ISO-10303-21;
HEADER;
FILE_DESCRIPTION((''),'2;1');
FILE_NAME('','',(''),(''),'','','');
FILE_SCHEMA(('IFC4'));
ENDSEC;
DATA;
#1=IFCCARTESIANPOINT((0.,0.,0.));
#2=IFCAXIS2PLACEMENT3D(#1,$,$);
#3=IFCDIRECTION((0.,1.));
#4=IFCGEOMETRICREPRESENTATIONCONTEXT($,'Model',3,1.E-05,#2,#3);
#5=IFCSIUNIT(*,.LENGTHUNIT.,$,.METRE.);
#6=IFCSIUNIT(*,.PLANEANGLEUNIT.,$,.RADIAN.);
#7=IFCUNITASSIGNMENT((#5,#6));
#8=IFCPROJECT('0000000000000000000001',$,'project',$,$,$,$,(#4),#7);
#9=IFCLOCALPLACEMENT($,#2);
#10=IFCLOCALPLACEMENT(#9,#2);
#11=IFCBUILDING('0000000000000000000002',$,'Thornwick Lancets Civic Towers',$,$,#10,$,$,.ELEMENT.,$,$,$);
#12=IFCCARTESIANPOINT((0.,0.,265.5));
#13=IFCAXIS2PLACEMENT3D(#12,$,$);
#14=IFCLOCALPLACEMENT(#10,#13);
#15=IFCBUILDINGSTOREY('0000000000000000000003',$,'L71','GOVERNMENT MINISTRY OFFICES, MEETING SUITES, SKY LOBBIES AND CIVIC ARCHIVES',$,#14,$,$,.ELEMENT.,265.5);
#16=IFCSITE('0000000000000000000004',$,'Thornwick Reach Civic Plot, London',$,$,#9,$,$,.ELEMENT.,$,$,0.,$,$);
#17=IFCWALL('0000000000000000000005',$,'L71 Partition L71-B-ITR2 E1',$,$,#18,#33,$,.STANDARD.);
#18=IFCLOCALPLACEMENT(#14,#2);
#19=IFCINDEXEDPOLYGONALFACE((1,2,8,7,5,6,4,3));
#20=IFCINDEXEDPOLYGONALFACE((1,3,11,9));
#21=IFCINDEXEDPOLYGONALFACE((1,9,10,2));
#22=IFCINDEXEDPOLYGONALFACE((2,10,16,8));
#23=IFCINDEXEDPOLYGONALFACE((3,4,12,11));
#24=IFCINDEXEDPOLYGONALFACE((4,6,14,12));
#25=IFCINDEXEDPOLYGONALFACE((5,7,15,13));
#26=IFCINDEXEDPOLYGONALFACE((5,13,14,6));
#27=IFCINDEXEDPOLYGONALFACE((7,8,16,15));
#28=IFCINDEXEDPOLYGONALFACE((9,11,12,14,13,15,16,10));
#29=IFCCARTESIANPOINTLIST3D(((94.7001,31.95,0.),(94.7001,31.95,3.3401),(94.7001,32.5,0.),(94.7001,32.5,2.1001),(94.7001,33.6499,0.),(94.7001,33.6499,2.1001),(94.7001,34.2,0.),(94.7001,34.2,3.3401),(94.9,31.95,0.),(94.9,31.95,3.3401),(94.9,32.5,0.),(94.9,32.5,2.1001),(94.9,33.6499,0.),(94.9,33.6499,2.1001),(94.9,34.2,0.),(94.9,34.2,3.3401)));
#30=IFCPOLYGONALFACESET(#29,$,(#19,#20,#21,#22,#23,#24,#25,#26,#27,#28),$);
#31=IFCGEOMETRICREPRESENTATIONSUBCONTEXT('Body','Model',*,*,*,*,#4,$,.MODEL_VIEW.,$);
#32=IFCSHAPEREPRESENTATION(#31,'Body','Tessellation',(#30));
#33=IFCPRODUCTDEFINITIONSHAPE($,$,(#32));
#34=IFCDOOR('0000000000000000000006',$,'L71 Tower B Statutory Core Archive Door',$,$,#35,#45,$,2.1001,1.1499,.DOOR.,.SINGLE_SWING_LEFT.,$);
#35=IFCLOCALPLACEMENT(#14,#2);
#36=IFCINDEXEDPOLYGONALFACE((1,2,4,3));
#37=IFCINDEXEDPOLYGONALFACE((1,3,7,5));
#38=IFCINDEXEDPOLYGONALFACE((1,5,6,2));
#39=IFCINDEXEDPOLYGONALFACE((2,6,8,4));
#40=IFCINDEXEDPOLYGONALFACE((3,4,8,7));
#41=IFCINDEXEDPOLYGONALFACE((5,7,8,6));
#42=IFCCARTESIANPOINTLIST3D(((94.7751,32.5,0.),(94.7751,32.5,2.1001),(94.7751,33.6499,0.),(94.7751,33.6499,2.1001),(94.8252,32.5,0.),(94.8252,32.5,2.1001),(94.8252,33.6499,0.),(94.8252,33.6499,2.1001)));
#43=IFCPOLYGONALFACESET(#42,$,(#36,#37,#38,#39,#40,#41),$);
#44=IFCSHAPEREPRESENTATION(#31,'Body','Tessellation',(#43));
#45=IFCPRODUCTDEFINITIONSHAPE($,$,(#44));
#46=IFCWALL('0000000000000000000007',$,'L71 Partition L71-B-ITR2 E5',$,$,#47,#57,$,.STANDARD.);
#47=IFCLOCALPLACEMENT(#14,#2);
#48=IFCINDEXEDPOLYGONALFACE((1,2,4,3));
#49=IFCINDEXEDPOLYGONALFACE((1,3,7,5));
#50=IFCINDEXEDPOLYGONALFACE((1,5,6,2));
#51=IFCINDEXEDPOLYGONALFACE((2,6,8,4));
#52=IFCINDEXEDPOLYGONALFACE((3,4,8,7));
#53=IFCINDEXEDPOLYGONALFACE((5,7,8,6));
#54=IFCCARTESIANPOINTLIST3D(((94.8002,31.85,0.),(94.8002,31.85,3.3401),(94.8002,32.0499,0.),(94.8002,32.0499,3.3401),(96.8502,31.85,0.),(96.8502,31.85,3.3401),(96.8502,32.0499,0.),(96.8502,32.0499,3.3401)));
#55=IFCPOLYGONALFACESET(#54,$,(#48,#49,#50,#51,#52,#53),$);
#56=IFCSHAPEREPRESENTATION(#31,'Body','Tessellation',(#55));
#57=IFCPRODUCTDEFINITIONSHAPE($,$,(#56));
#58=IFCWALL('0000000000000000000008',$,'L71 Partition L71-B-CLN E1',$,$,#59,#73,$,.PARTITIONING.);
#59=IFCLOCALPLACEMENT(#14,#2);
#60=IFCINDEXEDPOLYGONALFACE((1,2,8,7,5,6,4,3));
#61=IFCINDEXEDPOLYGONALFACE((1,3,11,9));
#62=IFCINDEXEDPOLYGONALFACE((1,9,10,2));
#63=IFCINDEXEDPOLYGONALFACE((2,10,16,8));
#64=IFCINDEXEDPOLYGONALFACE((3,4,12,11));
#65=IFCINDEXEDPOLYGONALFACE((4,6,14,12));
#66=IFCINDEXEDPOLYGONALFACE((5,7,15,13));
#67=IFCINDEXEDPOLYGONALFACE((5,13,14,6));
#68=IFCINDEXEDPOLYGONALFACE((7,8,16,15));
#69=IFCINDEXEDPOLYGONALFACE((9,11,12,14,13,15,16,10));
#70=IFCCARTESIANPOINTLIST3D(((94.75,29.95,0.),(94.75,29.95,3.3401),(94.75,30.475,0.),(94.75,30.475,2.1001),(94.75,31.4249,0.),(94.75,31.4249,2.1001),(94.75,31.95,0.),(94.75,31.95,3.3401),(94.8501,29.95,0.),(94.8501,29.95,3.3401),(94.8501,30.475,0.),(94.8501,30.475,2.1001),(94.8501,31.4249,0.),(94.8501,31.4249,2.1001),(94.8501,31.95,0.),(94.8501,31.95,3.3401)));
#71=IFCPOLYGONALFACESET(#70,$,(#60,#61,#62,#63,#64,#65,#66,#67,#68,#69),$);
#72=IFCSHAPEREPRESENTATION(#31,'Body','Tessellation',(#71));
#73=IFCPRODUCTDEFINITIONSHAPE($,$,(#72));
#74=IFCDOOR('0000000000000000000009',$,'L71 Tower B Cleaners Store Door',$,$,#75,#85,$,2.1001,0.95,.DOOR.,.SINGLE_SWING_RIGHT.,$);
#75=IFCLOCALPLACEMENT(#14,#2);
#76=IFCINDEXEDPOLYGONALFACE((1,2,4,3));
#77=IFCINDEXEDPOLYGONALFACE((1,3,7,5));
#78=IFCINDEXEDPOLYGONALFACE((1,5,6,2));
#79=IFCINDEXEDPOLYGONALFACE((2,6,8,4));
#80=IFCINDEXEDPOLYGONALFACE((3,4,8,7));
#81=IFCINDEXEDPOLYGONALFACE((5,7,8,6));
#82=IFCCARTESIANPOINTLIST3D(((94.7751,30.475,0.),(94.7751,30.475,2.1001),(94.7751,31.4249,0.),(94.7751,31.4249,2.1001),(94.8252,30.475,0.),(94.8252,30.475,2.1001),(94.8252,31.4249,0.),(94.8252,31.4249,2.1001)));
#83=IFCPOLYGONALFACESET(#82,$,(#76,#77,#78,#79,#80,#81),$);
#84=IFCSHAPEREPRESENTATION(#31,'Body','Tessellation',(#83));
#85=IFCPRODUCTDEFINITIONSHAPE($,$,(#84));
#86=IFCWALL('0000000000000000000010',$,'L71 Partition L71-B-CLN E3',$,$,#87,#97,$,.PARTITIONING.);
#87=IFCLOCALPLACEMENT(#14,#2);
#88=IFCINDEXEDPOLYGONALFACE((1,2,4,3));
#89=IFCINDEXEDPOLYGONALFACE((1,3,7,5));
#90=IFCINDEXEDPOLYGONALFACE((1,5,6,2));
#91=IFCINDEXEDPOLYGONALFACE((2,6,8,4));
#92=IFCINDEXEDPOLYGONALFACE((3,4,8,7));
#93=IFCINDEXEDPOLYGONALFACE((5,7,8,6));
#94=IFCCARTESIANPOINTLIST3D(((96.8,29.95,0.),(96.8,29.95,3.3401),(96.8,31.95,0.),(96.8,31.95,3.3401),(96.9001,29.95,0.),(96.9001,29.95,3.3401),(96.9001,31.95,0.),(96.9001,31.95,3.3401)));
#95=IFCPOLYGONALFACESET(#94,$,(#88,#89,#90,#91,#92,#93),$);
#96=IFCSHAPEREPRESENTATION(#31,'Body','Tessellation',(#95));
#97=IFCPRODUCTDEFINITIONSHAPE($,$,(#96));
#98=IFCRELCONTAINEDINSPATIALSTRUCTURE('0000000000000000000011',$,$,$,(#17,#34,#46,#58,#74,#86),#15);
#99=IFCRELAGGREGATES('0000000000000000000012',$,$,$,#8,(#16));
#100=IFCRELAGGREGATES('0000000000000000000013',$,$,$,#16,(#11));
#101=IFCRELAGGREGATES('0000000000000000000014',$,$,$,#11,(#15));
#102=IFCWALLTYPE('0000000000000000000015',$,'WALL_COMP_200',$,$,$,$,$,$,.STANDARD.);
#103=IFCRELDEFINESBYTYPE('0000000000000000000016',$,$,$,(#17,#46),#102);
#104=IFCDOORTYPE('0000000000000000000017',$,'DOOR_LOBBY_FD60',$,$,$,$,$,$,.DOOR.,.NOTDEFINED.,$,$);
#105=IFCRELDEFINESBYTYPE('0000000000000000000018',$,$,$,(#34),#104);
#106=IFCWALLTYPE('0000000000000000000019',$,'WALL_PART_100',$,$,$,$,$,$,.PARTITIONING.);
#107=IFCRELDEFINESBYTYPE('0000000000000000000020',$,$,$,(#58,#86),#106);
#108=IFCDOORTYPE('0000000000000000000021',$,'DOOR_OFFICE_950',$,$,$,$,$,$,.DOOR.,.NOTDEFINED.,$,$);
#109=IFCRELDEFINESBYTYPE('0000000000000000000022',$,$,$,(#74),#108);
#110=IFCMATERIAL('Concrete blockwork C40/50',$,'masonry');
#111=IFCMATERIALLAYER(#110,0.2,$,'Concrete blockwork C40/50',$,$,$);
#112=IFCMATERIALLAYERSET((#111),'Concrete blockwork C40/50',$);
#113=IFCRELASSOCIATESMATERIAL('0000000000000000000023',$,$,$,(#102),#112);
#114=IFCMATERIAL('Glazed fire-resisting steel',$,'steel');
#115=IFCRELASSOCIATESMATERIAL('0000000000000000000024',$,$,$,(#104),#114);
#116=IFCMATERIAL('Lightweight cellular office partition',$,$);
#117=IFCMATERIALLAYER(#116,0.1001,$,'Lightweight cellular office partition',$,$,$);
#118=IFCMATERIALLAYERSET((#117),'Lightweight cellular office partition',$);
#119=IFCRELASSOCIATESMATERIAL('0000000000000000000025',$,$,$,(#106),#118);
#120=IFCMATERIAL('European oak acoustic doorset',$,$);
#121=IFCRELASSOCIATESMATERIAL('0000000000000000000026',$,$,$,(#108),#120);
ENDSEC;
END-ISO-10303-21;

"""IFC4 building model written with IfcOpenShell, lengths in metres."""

from ifc_helpers import new_model, si_unit, direction, frame, frame_2d, origin, place, context, subcontext, project, spatial, rectangle, extrude, material, layer, layer_set, type_object, element, fill, save


model = new_model("IFC4")

# Units and contexts
model_context = context("Model", 3, precision=1e-05, world=origin(), true_north=direction((0.0, 1.0)))
body_context = subcontext(model_context, "Body", "Model", "MODEL_VIEW")
ifc_project = project(units=[si_unit("LENGTHUNIT", "METRE"), si_unit("PLANEANGLEUNIT", "RADIAN")], contexts=[model_context])

# Site, building, storey
site_placement = place(None, origin())
site = spatial("IfcSite", under=ifc_project, at=site_placement, Name="Thornwick Reach Civic Plot, London", CompositionType="ELEMENT", RefElevation=0.0)
building_placement = place(site_placement, origin())
building = spatial("IfcBuilding", under=site, at=building_placement, Name="Thornwick Lancets Civic Towers", CompositionType="ELEMENT")
storey_placement = place(building_placement, frame((0.0, 0.0, 265.5)))
storey = spatial("IfcBuildingStorey", under=building, at=storey_placement, Name="L71", Description="GOVERNMENT MINISTRY OFFICES, MEETING SUITES, SKY LOBBIES AND CIVIC ARCHIVES", CompositionType="ELEMENT", Elevation=265.5)

# Shared definitions
ifc_material_1 = material(Name="Concrete blockwork C40/50", Category="masonry")
ifc_layer_1 = layer(ifc_material_1, 0.2, Name="Concrete blockwork C40/50")
ifc_layer_set_1 = layer_set([ifc_layer_1], Name="Concrete blockwork C40/50")
wall_type_1 = type_object("IfcWallType", Name="WALL_COMP_200", PredefinedType="STANDARD", material=ifc_layer_set_1)

# Wall, opening, door
wall_1_placement = place(storey_placement, frame((94.8, 31.95, 0.0), z_axis=(0.0, 0.0, 1.0), x_axis=(0.0, 1.0, 0.0)))
wall_1 = element("IfcWall", 1, at=wall_1_placement, inside=storey, type_object=wall_type_1, Name="L71 Partition L71-B-ITR2 E1", PredefinedType="STANDARD", context=body_context, shape_type="SweptSolid", body=[
    extrude(rectangle(XDim=2.25, YDim=0.2, at=frame_2d((1.125, 0.0))), origin(), (0.0, 0.0, 1.0), 3.3401),
])
opening_1_placement = place(wall_1_placement, frame((0.55, 0.0, 0.0)))
opening_1 = element("IfcOpeningElement", 2, at=opening_1_placement, cuts=wall_1, PredefinedType="OPENING", context=body_context, shape_type="SweptSolid", body=[
    extrude(rectangle(XDim=1.1499, YDim=2.1001, at=frame_2d((0.575, 1.05))), frame((0.0, 0.1099, 0.0), z_axis=(0.0, -1.0, 0.0), x_axis=(1.0, 0.0, 0.0)), (0.0, 0.0, 1.0), 0.22),
])
ifc_material_2 = material(Name="Glazed fire-resisting steel", Category="steel")
door_type_1 = type_object("IfcDoorType", Name="DOOR_LOBBY_FD60", OperationType="NOTDEFINED", PredefinedType="DOOR", material=ifc_material_2)
door_1_placement = place(opening_1_placement, origin())
door_1 = element("IfcDoor", 3, at=door_1_placement, inside=storey, type_object=door_type_1, Name="L71 Tower B Statutory Core Archive Door", OperationType="SINGLE_SWING_LEFT", OverallHeight=2.1001, OverallWidth=1.1499, PredefinedType="DOOR", context=body_context, shape_type="SweptSolid", body=[
    extrude(rectangle(XDim=1.1499, YDim=2.1001, at=frame_2d((0.575, 1.05))), frame((0.0, 0.0249, 0.0), z_axis=(0.0, -1.0, 0.0), x_axis=(1.0, 0.0, 0.0)), (0.0, 0.0, 1.0), 0.05),
])
fill(opening_1, door_1)

# Wall
wall_2_placement = place(storey_placement, frame((96.8501, 31.95, 0.0), z_axis=(0.0, 0.0, 1.0), x_axis=(-1.0, 0.0, 0.0)))
element("IfcWall", 4, at=wall_2_placement, inside=storey, type_object=wall_type_1, Name="L71 Partition L71-B-ITR2 E5", PredefinedType="STANDARD", context=body_context, shape_type="SweptSolid", body=[
    extrude(rectangle(XDim=2.05, YDim=0.2, at=frame_2d((1.0249, 0.0))), origin(), (0.0, 0.0, 1.0), 3.3401),
])

# Wall, opening, door
ifc_material_3 = material(Name="Lightweight cellular office partition")
ifc_layer_2 = layer(ifc_material_3, 0.1001, Name="Lightweight cellular office partition")
ifc_layer_set_2 = layer_set([ifc_layer_2], Name="Lightweight cellular office partition")
wall_type_2 = type_object("IfcWallType", Name="WALL_PART_100", PredefinedType="PARTITIONING", material=ifc_layer_set_2)
wall_3_placement = place(storey_placement, frame((94.8, 29.95, 0.0), z_axis=(0.0, 0.0, 1.0), x_axis=(0.0, 1.0, 0.0)))
wall_3 = element("IfcWall", 5, at=wall_3_placement, inside=storey, type_object=wall_type_2, Name="L71 Partition L71-B-CLN E1", PredefinedType="PARTITIONING", context=body_context, shape_type="SweptSolid", body=[
    extrude(rectangle(XDim=2.0, YDim=0.1001, at=frame_2d((1.0, 0.0))), origin(), (0.0, 0.0, 1.0), 3.3401),
])
opening_2_placement = place(wall_3_placement, frame((0.5249, 0.0, 0.0)))
opening_2 = element("IfcOpeningElement", 6, at=opening_2_placement, cuts=wall_3, PredefinedType="OPENING", context=body_context, shape_type="SweptSolid", body=[
    extrude(rectangle(XDim=0.95, YDim=2.1001, at=frame_2d((0.4751, 1.05))), frame((0.0, 0.0601, 0.0), z_axis=(0.0, -1.0, 0.0), x_axis=(1.0, 0.0, 0.0)), (0.0, 0.0, 1.0), 0.1201),
])
ifc_material_4 = material(Name="European oak acoustic doorset")
door_type_2 = type_object("IfcDoorType", Name="DOOR_OFFICE_950", OperationType="NOTDEFINED", PredefinedType="DOOR", material=ifc_material_4)
door_2_placement = place(opening_2_placement, origin())
door_2 = element("IfcDoor", 7, at=door_2_placement, inside=storey, type_object=door_type_2, Name="L71 Tower B Cleaners Store Door", OperationType="SINGLE_SWING_RIGHT", OverallHeight=2.1001, OverallWidth=0.95, PredefinedType="DOOR", context=body_context, shape_type="SweptSolid", body=[
    extrude(rectangle(XDim=0.95, YDim=2.1001, at=frame_2d((0.4751, 1.05))), frame((0.0, 0.0249, 0.0), z_axis=(0.0, -1.0, 0.0), x_axis=(1.0, 0.0, 0.0)), (0.0, 0.0, 1.0), 0.05),
])
fill(opening_2, door_2)

# Wall
wall_4_placement = place(storey_placement, frame((96.8501, 31.95, 0.0), z_axis=(0.0, 0.0, 1.0), x_axis=(0.0, -1.0, 0.0)))
element("IfcWall", 8, at=wall_4_placement, inside=storey, type_object=wall_type_2, Name="L71 Partition L71-B-CLN E3", PredefinedType="PARTITIONING", context=body_context, shape_type="SweptSolid", body=[
    extrude(rectangle(XDim=2.0, YDim=0.1001, at=frame_2d((1.0, 0.0))), origin(), (0.0, 0.0, 1.0), 3.3401),
])

save(model, "model.ifc")
